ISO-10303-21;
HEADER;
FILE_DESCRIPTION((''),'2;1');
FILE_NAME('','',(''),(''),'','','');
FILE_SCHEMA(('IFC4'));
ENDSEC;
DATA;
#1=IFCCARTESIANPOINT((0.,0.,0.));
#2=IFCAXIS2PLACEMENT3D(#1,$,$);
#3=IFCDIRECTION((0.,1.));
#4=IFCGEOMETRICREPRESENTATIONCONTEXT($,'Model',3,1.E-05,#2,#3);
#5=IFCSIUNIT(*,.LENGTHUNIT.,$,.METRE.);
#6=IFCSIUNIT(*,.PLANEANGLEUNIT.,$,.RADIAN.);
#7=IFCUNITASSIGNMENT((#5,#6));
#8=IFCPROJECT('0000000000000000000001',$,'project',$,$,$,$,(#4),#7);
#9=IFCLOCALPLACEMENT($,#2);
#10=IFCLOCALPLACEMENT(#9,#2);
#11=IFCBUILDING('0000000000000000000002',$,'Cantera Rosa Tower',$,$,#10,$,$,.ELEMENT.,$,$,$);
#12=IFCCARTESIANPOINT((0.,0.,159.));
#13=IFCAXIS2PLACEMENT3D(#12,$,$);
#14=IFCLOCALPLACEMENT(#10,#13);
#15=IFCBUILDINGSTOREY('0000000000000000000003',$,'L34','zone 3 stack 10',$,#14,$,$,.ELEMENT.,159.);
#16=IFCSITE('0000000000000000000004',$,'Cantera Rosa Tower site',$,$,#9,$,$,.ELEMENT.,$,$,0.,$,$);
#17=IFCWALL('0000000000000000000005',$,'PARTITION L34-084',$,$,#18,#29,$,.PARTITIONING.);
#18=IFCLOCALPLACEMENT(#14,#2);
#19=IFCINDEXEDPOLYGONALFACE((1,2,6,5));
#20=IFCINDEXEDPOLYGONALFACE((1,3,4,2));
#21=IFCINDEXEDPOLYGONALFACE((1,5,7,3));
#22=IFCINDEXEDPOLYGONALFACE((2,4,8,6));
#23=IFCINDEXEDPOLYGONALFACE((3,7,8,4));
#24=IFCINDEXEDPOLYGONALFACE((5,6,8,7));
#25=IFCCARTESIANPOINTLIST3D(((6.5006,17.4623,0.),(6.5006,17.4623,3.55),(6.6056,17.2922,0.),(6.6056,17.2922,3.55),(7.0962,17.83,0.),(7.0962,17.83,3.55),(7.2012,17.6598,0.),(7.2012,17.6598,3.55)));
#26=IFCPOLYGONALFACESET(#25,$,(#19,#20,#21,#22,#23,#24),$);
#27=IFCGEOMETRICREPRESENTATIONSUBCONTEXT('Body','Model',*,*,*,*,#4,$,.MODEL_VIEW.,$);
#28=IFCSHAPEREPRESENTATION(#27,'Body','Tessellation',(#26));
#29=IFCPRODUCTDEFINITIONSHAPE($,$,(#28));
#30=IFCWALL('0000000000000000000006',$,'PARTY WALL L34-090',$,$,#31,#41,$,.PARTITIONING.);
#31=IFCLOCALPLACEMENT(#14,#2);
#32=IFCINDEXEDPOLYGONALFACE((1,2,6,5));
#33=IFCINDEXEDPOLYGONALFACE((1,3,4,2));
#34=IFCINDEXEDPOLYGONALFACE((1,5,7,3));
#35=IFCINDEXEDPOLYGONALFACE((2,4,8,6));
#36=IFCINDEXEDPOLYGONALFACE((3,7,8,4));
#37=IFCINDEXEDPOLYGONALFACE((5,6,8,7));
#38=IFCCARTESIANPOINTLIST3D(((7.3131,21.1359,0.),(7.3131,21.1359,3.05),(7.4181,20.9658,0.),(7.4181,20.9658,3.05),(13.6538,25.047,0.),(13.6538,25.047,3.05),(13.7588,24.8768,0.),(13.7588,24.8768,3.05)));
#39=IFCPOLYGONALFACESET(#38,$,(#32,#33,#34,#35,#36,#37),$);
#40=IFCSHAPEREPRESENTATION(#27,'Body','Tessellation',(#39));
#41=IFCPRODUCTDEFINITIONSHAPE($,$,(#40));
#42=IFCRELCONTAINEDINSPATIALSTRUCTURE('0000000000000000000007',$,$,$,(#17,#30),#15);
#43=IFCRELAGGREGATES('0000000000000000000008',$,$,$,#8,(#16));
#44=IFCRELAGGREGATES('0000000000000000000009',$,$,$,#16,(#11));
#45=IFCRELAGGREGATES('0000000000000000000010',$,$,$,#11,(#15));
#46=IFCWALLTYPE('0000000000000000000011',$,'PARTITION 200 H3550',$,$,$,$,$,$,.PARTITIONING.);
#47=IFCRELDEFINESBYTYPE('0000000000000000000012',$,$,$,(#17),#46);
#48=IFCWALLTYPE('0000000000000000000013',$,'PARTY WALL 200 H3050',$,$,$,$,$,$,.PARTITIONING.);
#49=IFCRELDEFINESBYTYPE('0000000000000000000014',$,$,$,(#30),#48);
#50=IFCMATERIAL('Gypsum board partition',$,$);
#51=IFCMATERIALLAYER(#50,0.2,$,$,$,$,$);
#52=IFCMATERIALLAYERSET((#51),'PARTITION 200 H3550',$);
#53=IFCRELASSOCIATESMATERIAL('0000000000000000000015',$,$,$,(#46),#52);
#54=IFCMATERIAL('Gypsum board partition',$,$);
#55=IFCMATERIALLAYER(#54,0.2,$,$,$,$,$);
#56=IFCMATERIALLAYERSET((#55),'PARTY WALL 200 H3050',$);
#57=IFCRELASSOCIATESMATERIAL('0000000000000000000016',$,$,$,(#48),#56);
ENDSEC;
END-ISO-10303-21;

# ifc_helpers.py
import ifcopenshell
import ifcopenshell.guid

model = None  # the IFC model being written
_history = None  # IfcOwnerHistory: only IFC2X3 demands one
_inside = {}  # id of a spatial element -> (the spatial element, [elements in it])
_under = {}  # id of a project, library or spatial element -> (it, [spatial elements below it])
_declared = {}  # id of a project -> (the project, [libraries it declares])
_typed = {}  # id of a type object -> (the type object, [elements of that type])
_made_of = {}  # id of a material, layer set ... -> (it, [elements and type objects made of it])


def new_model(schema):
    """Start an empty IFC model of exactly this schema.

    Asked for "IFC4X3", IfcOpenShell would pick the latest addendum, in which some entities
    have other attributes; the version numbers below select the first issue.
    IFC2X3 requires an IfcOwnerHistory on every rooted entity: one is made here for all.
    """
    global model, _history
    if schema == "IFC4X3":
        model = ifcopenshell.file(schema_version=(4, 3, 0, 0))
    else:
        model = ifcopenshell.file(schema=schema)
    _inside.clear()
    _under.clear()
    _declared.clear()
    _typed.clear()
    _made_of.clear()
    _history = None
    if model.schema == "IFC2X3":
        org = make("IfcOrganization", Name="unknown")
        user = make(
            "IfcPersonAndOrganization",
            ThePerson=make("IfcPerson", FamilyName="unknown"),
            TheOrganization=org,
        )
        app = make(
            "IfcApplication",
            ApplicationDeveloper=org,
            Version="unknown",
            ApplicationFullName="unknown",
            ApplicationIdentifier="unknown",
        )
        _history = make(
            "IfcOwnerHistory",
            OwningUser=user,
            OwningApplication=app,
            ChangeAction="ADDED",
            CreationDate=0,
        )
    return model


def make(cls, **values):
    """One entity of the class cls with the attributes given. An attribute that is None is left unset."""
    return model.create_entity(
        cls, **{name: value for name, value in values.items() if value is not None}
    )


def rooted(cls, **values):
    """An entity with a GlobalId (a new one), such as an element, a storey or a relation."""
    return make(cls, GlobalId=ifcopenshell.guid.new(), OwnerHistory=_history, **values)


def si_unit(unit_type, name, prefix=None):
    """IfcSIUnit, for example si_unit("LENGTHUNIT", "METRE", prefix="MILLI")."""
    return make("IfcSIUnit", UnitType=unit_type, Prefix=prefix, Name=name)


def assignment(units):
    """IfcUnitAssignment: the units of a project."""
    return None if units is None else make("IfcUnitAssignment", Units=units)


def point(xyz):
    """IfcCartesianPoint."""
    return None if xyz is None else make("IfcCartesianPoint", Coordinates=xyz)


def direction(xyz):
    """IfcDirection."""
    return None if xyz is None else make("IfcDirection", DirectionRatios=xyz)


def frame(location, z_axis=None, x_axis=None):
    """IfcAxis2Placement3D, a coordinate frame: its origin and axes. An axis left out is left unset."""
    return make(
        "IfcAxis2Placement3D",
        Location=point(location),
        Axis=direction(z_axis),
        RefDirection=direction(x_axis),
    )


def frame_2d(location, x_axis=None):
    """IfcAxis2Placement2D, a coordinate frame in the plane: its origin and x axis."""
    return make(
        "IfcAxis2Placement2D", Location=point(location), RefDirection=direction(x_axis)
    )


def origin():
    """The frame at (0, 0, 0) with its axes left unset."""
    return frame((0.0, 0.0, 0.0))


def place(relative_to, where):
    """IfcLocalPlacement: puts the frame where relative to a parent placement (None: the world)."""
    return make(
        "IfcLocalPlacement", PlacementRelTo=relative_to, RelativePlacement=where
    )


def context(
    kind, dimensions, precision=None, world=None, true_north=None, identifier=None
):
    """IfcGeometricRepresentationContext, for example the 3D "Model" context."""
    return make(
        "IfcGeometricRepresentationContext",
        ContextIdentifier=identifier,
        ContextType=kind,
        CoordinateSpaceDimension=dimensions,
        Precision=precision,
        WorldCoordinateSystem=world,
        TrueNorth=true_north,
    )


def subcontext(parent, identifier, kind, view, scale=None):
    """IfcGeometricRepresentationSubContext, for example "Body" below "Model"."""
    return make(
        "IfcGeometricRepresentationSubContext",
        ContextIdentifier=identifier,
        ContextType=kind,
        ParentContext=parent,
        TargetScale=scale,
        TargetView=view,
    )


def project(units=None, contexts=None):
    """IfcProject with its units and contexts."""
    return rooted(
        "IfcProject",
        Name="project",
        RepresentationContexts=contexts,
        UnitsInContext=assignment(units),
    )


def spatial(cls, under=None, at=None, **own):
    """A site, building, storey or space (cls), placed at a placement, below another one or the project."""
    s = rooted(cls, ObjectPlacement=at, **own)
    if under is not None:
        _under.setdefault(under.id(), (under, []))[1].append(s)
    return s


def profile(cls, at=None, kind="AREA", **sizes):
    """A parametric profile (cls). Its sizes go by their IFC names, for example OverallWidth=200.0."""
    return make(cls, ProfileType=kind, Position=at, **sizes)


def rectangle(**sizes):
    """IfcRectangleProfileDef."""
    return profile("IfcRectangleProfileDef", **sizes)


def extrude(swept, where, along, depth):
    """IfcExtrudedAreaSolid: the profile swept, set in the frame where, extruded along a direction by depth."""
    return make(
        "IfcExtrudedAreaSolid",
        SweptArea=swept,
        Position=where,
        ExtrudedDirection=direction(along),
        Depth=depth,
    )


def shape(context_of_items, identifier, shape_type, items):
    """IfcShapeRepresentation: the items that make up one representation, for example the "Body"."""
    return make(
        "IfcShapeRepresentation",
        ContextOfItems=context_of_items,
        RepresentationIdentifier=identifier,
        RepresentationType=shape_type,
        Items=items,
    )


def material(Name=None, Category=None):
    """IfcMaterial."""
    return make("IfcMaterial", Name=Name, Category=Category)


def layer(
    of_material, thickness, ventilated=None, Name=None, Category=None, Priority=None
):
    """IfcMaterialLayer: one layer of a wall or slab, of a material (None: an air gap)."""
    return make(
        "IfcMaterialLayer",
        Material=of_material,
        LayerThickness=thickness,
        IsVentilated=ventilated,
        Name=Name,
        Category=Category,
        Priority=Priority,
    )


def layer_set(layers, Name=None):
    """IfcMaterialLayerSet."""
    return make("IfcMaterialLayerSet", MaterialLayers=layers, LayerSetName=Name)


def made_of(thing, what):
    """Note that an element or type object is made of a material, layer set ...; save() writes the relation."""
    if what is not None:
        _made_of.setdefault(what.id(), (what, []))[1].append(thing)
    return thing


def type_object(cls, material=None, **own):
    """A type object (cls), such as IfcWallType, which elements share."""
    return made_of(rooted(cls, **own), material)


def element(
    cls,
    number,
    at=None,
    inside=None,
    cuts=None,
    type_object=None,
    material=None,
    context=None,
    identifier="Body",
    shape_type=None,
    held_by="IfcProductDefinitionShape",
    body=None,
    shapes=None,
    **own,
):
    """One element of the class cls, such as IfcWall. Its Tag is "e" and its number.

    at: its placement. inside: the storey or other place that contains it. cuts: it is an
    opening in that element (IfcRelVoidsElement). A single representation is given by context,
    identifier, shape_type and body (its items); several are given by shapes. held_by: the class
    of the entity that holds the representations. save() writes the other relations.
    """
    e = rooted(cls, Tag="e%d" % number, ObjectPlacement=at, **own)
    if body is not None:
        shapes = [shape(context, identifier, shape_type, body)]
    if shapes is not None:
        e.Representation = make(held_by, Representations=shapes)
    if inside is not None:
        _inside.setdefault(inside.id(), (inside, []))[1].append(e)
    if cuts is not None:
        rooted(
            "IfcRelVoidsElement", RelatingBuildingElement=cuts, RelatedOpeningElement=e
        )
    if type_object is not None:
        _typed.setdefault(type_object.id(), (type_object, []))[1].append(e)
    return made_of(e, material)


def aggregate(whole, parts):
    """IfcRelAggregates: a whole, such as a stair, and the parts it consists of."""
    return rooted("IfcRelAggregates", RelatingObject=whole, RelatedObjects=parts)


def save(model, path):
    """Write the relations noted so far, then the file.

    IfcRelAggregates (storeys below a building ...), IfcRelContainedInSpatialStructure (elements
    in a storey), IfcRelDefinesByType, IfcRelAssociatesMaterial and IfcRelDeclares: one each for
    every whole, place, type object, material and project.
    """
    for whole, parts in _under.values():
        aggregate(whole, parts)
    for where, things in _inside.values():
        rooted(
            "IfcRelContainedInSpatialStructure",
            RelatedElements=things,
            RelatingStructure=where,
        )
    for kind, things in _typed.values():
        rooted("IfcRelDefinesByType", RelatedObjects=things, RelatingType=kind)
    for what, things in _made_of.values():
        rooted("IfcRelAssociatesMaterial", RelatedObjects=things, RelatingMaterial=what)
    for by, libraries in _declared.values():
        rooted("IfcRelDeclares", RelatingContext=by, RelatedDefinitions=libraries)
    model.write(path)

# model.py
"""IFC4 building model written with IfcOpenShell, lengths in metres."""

from ifc_helpers import new_model, si_unit, direction, frame, frame_2d, origin, place, context, subcontext, project, spatial, rectangle, extrude, material, layer, layer_set, type_object, element, save


model = new_model("IFC4")

# Units and contexts
model_context = context("Model", 3, precision=1e-05, world=origin(), true_north=direction((0.0, 1.0)))
body_context = subcontext(model_context, "Body", "Model", "MODEL_VIEW")
ifc_project = project(units=[si_unit("LENGTHUNIT", "METRE"), si_unit("PLANEANGLEUNIT", "RADIAN")], contexts=[model_context])

# Site, building, storey
site_placement = place(None, origin())
site = spatial("IfcSite", under=ifc_project, at=site_placement, Name="Cantera Rosa Tower site", CompositionType="ELEMENT", RefElevation=0.0)
building_placement = place(site_placement, origin())
building = spatial("IfcBuilding", under=site, at=building_placement, Name="Cantera Rosa Tower", CompositionType="ELEMENT")
storey_placement = place(building_placement, frame((0.0, 0.0, 159.0)))
storey = spatial("IfcBuildingStorey", under=building, at=storey_placement, Name="L34", Description="zone 3 stack 10", CompositionType="ELEMENT", Elevation=159.0)

# Shared definitions
ifc_material_1 = material(Name="Gypsum board partition")
ifc_layer_1 = layer(ifc_material_1, 0.2)
ifc_layer_set_1 = layer_set([ifc_layer_1], Name="PARTITION 200 H3550")
wall_type_1 = type_object("IfcWallType", Name="PARTITION 200 H3550", PredefinedType="PARTITIONING", material=ifc_layer_set_1)

# Walls
wall_1_placement = place(storey_placement, frame((6.553, 17.3772, 0.0), z_axis=(0.0, 0.0, 1.0), x_axis=(0.850963, 0.525226, 0.0)))
element("IfcWall", 1, at=wall_1_placement, inside=storey, type_object=wall_type_1, Name="PARTITION L34-084", PredefinedType="PARTITIONING", context=body_context, shape_type="SweptSolid", body=[
    extrude(rectangle(XDim=0.7, YDim=0.2, at=frame_2d((0.3501, 0.0))), origin(), (0.0, 0.0, 1.0), 3.55),
])
ifc_material_2 = material(Name="Gypsum board partition")
ifc_layer_2 = layer(ifc_material_2, 0.2)
ifc_layer_set_2 = layer_set([ifc_layer_2], Name="PARTY WALL 200 H3050")
wall_type_2 = type_object("IfcWallType", Name="PARTY WALL 200 H3050", PredefinedType="PARTITIONING", material=ifc_layer_set_2)
wall_2_placement = place(storey_placement, frame((7.3655, 21.0508, 0.0), z_axis=(0.0, 0.0, 1.0), x_axis=(0.851113, 0.524982, 0.0)))
element("IfcWall", 2, at=wall_2_placement, inside=storey, type_object=wall_type_2, Name="PARTY WALL L34-090", PredefinedType="PARTITIONING", context=body_context, shape_type="SweptSolid", body=[
    extrude(rectangle(XDim=7.45, YDim=0.2, at=frame_2d((3.7251, 0.0))), origin(), (0.0, 0.0, 1.0), 3.05),
])

save(model, "model.ifc")
